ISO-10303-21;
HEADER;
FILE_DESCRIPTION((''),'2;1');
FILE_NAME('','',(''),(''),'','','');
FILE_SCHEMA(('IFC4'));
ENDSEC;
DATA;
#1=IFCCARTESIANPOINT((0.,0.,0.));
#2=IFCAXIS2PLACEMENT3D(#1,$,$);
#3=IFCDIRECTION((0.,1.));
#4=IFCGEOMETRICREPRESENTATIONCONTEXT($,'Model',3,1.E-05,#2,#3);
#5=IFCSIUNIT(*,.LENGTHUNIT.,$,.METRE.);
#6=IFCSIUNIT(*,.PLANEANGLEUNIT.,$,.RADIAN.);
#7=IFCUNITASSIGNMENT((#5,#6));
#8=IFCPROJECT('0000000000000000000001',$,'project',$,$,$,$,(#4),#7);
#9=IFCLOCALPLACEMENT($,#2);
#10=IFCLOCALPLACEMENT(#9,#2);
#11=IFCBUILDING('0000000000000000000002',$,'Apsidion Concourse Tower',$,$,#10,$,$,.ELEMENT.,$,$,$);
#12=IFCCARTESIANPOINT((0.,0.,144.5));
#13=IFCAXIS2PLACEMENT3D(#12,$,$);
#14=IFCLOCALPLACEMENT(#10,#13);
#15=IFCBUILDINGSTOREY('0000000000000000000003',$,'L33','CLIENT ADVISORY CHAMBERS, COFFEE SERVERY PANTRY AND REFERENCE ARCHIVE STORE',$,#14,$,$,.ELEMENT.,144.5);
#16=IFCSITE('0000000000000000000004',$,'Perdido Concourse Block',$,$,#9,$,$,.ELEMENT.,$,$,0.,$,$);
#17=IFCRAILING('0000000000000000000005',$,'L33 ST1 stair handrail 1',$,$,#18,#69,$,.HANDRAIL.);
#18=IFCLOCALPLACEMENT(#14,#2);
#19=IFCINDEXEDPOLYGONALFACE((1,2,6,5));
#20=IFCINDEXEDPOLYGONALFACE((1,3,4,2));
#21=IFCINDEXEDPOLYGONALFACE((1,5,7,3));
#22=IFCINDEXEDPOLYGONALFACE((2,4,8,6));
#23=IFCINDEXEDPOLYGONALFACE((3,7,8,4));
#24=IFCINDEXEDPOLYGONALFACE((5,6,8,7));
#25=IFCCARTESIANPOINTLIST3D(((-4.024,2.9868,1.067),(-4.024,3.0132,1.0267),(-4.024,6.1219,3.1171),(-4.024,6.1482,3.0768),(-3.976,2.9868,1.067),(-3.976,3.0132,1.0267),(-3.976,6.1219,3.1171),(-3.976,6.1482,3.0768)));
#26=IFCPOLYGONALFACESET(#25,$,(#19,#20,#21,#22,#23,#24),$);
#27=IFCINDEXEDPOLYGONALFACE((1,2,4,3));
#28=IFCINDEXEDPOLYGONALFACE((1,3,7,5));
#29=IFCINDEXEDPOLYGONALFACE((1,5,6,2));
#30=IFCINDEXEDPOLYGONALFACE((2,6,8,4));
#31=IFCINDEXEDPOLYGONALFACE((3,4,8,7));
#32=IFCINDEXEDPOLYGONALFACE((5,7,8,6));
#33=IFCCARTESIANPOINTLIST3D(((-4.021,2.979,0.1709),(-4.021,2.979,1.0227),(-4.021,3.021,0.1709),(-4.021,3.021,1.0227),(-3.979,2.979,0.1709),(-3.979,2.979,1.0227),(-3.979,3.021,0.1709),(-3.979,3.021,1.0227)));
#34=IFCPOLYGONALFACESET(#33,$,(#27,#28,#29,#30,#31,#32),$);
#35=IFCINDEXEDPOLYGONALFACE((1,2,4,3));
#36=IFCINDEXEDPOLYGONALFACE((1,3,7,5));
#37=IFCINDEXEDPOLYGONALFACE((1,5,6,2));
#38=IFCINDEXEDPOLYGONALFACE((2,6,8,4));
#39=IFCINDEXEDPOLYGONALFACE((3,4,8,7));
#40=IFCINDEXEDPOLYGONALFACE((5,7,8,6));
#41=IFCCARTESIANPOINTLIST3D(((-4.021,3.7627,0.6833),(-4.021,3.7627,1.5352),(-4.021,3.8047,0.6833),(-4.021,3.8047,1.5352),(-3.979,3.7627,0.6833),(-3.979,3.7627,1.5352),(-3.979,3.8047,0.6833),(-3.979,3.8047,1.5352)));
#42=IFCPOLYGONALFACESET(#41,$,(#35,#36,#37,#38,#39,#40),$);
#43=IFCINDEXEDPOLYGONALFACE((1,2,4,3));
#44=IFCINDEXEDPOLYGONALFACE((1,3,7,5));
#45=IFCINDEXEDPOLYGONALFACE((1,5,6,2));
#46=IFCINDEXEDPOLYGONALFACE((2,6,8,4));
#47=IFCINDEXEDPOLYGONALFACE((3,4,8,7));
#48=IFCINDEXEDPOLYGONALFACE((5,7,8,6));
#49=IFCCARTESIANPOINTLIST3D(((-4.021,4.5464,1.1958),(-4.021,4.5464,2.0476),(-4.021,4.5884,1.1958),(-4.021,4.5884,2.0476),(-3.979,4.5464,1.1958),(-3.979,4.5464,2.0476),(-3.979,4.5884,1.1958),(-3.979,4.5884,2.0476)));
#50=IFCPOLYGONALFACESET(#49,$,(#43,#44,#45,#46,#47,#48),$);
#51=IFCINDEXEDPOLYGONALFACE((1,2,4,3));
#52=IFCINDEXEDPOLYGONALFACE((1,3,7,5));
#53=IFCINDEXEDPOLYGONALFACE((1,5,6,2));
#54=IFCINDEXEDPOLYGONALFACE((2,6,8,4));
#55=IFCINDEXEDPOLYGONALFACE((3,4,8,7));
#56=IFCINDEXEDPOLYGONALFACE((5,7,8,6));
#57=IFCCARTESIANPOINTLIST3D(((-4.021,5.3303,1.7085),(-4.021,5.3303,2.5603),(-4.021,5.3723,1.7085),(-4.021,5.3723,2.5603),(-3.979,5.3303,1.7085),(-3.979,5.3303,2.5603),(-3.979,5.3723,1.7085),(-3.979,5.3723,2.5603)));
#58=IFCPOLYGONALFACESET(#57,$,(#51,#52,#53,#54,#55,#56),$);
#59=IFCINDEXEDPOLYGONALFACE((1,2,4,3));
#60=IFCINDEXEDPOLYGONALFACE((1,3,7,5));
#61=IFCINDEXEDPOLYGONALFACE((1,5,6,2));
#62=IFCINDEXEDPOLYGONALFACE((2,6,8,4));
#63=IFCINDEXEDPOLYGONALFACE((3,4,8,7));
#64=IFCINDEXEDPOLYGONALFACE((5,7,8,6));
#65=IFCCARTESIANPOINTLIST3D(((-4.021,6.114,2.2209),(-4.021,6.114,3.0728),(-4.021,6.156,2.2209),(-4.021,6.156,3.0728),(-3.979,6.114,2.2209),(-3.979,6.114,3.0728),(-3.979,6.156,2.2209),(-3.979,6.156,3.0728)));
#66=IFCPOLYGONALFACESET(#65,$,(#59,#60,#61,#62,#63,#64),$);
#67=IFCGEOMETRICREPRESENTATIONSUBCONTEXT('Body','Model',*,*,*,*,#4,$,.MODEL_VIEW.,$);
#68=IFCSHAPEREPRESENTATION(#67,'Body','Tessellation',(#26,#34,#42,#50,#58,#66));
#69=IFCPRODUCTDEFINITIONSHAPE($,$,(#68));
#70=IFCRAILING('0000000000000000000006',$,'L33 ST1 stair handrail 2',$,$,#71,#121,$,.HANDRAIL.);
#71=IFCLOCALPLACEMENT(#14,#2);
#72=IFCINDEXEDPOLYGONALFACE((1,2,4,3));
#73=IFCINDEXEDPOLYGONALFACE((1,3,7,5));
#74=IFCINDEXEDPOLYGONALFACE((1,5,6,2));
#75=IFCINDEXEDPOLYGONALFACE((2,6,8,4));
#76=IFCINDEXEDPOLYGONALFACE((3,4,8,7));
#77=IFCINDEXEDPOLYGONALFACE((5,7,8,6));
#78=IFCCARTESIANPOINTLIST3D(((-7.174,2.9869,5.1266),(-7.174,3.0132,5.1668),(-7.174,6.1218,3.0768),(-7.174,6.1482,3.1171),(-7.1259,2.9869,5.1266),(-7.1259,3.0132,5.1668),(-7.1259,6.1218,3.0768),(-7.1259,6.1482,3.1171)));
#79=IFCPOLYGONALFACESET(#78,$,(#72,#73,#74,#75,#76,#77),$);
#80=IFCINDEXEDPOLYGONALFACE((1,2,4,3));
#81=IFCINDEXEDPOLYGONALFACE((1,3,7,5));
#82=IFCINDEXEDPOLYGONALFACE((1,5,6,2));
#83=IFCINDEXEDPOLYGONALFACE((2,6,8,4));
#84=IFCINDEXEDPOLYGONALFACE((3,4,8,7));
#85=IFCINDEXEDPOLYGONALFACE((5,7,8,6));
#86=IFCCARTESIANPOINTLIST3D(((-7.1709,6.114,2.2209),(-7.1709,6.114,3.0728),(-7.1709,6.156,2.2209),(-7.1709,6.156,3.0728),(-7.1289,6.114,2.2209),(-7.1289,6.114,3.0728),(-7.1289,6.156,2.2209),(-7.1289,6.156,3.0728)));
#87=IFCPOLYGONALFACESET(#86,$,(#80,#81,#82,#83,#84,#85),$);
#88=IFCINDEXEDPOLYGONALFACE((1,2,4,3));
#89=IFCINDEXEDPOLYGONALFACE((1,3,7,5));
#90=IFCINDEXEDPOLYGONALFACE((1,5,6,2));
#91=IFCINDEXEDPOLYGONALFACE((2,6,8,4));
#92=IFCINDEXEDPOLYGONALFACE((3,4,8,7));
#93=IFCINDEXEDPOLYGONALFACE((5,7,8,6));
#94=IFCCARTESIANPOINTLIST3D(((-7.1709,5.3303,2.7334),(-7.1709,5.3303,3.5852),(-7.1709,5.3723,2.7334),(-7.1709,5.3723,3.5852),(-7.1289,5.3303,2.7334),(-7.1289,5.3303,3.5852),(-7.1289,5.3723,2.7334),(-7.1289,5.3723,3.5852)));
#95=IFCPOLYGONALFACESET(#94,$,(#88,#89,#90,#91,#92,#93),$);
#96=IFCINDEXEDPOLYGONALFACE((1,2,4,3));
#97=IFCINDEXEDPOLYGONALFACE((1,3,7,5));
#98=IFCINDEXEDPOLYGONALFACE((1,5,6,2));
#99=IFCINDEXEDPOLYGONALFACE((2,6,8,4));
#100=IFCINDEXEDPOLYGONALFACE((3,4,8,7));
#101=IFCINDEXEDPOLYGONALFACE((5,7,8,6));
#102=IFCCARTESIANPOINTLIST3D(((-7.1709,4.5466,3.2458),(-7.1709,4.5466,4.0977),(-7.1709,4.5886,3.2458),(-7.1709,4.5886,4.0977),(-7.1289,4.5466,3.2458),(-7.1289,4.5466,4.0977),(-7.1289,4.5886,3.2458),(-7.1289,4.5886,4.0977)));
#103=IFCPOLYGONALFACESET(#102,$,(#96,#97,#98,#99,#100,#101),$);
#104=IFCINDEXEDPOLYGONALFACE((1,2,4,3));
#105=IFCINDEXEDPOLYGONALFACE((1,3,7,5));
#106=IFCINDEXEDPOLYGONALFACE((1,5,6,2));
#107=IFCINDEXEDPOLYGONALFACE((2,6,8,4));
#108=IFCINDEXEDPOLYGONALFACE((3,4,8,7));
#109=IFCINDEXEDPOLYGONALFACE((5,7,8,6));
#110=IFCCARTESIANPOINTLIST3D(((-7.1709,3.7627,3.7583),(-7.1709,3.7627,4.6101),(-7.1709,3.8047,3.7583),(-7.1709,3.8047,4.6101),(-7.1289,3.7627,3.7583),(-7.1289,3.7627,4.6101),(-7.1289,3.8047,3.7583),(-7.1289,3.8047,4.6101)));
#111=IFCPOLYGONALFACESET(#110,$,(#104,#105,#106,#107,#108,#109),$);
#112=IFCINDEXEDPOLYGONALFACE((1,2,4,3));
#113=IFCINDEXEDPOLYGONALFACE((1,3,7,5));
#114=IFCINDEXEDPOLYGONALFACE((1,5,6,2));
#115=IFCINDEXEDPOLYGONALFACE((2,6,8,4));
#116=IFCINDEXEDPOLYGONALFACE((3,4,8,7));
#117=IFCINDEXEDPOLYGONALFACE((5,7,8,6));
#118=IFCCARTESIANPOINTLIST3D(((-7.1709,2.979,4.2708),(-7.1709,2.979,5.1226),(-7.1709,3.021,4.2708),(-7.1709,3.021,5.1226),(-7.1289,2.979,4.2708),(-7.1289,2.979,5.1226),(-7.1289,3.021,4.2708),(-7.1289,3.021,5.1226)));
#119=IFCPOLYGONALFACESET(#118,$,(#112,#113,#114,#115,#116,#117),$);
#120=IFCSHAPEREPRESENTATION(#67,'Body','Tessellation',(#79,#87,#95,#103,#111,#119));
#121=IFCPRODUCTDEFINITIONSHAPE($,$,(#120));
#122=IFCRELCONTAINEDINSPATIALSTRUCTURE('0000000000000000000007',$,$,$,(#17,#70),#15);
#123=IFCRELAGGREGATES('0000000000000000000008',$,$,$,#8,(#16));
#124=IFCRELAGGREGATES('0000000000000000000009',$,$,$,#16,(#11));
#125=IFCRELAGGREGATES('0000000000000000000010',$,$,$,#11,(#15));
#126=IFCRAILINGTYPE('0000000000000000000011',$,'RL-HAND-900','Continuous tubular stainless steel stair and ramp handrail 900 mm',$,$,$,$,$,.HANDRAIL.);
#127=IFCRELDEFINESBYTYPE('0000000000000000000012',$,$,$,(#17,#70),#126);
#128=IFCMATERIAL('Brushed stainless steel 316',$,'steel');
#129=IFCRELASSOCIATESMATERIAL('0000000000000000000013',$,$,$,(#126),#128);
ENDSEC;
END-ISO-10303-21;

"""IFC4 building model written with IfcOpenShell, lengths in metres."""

from ifc_helpers import new_model, si_unit, direction, frame, origin, origin_2d, place, context, subcontext, project, spatial, rectangle, extrude, material, type_object, element, save


model = new_model("IFC4")

# Units and contexts
model_context = context("Model", 3, precision=1e-05, world=origin(), true_north=direction((0.0, 1.0)))
body_context = subcontext(model_context, "Body", "Model", "MODEL_VIEW")
ifc_project = project(units=[si_unit("LENGTHUNIT", "METRE"), si_unit("PLANEANGLEUNIT", "RADIAN")], contexts=[model_context])

# Site, building, storey
site_placement = place(None, origin())
site = spatial("IfcSite", under=ifc_project, at=site_placement, Name="Perdido Concourse Block", CompositionType="ELEMENT", RefElevation=0.0)
building_placement = place(site_placement, origin())
building = spatial("IfcBuilding", under=site, at=building_placement, Name="Apsidion Concourse Tower", CompositionType="ELEMENT")
storey_placement = place(building_placement, frame((0.0, 0.0, 144.5)))
storey = spatial("IfcBuildingStorey", under=building, at=storey_placement, Name="L33", Description="CLIENT ADVISORY CHAMBERS, COFFEE SERVERY PANTRY AND REFERENCE ARCHIVE STORE", CompositionType="ELEMENT", Elevation=144.5)

# Shared definitions
ifc_material_1 = material(Name="Brushed stainless steel 316", Category="steel")

# Railings
railing_type_1 = type_object("IfcRailingType", Name="RL-HAND-900", Description="Continuous tubular stainless steel stair and ramp handrail 900 mm", PredefinedType="HANDRAIL", material=ifc_material_1)
railing_1_placement = place(storey_placement, frame((-4.0, 3.0, 0.1709)))
element("IfcRailing", 1, at=railing_1_placement, inside=storey, type_object=railing_type_1, Name="L33 ST1 stair handrail 1", PredefinedType="HANDRAIL", context=body_context, shape_type="SweptSolid", body=[
    extrude(rectangle(XDim=0.0481, YDim=0.0481, at=origin_2d()), frame((0.0, 0.0, 0.876), z_axis=(0.0, 0.836941, 0.547293), x_axis=(-1.0, 0.0, 0.0)), (0.0, 0.0, 1.0), 3.7458),
    extrude(rectangle(XDim=0.042, YDim=0.042, at=origin_2d()), origin(), (0.0, 0.0, 1.0), 0.8518),
    extrude(rectangle(XDim=0.042, YDim=0.042, at=origin_2d()), frame((0.0, 0.7837, 0.5125)), (0.0, 0.0, 1.0), 0.8518),
    extrude(rectangle(XDim=0.042, YDim=0.042, at=origin_2d()), frame((0.0, 1.5674, 1.0249)), (0.0, 0.0, 1.0), 0.8518),
    extrude(rectangle(XDim=0.042, YDim=0.042, at=origin_2d()), frame((0.0, 2.3513, 1.5376)), (0.0, 0.0, 1.0), 0.8518),
    extrude(rectangle(XDim=0.042, YDim=0.042, at=origin_2d()), frame((0.0, 3.135, 2.05)), (0.0, 0.0, 1.0), 0.8518),
])
railing_2_placement = place(storey_placement, frame((-7.1499, 6.135, 2.2209)))
element("IfcRailing", 2, at=railing_2_placement, inside=storey, type_object=railing_type_1, Name="L33 ST1 stair handrail 2", PredefinedType="HANDRAIL", context=body_context, shape_type="SweptSolid", body=[
    extrude(rectangle(XDim=0.0481, YDim=0.0481, at=origin_2d()), frame((0.0, 0.0, 0.876), z_axis=(0.0, -0.836971, 0.547248), x_axis=(1.0, 0.0, 0.0)), (0.0, 0.0, 1.0), 3.7456),
    extrude(rectangle(XDim=0.042, YDim=0.042, at=origin_2d()), origin(), (0.0, 0.0, 1.0), 0.8518),
    extrude(rectangle(XDim=0.042, YDim=0.042, at=origin_2d()), frame((0.0, -0.7837, 0.5125)), (0.0, 0.0, 1.0), 0.8518),
    extrude(rectangle(XDim=0.042, YDim=0.042, at=origin_2d()), frame((0.0, -1.5674, 1.0249)), (0.0, 0.0, 1.0), 0.8518),
    extrude(rectangle(XDim=0.042, YDim=0.042, at=origin_2d()), frame((0.0, -2.3513, 1.5374)), (0.0, 0.0, 1.0), 0.8518),
    extrude(rectangle(XDim=0.042, YDim=0.042, at=origin_2d()), frame((0.0, -3.135, 2.0498)), (0.0, 0.0, 1.0), 0.8518),
])

save(model, "model.ifc")
